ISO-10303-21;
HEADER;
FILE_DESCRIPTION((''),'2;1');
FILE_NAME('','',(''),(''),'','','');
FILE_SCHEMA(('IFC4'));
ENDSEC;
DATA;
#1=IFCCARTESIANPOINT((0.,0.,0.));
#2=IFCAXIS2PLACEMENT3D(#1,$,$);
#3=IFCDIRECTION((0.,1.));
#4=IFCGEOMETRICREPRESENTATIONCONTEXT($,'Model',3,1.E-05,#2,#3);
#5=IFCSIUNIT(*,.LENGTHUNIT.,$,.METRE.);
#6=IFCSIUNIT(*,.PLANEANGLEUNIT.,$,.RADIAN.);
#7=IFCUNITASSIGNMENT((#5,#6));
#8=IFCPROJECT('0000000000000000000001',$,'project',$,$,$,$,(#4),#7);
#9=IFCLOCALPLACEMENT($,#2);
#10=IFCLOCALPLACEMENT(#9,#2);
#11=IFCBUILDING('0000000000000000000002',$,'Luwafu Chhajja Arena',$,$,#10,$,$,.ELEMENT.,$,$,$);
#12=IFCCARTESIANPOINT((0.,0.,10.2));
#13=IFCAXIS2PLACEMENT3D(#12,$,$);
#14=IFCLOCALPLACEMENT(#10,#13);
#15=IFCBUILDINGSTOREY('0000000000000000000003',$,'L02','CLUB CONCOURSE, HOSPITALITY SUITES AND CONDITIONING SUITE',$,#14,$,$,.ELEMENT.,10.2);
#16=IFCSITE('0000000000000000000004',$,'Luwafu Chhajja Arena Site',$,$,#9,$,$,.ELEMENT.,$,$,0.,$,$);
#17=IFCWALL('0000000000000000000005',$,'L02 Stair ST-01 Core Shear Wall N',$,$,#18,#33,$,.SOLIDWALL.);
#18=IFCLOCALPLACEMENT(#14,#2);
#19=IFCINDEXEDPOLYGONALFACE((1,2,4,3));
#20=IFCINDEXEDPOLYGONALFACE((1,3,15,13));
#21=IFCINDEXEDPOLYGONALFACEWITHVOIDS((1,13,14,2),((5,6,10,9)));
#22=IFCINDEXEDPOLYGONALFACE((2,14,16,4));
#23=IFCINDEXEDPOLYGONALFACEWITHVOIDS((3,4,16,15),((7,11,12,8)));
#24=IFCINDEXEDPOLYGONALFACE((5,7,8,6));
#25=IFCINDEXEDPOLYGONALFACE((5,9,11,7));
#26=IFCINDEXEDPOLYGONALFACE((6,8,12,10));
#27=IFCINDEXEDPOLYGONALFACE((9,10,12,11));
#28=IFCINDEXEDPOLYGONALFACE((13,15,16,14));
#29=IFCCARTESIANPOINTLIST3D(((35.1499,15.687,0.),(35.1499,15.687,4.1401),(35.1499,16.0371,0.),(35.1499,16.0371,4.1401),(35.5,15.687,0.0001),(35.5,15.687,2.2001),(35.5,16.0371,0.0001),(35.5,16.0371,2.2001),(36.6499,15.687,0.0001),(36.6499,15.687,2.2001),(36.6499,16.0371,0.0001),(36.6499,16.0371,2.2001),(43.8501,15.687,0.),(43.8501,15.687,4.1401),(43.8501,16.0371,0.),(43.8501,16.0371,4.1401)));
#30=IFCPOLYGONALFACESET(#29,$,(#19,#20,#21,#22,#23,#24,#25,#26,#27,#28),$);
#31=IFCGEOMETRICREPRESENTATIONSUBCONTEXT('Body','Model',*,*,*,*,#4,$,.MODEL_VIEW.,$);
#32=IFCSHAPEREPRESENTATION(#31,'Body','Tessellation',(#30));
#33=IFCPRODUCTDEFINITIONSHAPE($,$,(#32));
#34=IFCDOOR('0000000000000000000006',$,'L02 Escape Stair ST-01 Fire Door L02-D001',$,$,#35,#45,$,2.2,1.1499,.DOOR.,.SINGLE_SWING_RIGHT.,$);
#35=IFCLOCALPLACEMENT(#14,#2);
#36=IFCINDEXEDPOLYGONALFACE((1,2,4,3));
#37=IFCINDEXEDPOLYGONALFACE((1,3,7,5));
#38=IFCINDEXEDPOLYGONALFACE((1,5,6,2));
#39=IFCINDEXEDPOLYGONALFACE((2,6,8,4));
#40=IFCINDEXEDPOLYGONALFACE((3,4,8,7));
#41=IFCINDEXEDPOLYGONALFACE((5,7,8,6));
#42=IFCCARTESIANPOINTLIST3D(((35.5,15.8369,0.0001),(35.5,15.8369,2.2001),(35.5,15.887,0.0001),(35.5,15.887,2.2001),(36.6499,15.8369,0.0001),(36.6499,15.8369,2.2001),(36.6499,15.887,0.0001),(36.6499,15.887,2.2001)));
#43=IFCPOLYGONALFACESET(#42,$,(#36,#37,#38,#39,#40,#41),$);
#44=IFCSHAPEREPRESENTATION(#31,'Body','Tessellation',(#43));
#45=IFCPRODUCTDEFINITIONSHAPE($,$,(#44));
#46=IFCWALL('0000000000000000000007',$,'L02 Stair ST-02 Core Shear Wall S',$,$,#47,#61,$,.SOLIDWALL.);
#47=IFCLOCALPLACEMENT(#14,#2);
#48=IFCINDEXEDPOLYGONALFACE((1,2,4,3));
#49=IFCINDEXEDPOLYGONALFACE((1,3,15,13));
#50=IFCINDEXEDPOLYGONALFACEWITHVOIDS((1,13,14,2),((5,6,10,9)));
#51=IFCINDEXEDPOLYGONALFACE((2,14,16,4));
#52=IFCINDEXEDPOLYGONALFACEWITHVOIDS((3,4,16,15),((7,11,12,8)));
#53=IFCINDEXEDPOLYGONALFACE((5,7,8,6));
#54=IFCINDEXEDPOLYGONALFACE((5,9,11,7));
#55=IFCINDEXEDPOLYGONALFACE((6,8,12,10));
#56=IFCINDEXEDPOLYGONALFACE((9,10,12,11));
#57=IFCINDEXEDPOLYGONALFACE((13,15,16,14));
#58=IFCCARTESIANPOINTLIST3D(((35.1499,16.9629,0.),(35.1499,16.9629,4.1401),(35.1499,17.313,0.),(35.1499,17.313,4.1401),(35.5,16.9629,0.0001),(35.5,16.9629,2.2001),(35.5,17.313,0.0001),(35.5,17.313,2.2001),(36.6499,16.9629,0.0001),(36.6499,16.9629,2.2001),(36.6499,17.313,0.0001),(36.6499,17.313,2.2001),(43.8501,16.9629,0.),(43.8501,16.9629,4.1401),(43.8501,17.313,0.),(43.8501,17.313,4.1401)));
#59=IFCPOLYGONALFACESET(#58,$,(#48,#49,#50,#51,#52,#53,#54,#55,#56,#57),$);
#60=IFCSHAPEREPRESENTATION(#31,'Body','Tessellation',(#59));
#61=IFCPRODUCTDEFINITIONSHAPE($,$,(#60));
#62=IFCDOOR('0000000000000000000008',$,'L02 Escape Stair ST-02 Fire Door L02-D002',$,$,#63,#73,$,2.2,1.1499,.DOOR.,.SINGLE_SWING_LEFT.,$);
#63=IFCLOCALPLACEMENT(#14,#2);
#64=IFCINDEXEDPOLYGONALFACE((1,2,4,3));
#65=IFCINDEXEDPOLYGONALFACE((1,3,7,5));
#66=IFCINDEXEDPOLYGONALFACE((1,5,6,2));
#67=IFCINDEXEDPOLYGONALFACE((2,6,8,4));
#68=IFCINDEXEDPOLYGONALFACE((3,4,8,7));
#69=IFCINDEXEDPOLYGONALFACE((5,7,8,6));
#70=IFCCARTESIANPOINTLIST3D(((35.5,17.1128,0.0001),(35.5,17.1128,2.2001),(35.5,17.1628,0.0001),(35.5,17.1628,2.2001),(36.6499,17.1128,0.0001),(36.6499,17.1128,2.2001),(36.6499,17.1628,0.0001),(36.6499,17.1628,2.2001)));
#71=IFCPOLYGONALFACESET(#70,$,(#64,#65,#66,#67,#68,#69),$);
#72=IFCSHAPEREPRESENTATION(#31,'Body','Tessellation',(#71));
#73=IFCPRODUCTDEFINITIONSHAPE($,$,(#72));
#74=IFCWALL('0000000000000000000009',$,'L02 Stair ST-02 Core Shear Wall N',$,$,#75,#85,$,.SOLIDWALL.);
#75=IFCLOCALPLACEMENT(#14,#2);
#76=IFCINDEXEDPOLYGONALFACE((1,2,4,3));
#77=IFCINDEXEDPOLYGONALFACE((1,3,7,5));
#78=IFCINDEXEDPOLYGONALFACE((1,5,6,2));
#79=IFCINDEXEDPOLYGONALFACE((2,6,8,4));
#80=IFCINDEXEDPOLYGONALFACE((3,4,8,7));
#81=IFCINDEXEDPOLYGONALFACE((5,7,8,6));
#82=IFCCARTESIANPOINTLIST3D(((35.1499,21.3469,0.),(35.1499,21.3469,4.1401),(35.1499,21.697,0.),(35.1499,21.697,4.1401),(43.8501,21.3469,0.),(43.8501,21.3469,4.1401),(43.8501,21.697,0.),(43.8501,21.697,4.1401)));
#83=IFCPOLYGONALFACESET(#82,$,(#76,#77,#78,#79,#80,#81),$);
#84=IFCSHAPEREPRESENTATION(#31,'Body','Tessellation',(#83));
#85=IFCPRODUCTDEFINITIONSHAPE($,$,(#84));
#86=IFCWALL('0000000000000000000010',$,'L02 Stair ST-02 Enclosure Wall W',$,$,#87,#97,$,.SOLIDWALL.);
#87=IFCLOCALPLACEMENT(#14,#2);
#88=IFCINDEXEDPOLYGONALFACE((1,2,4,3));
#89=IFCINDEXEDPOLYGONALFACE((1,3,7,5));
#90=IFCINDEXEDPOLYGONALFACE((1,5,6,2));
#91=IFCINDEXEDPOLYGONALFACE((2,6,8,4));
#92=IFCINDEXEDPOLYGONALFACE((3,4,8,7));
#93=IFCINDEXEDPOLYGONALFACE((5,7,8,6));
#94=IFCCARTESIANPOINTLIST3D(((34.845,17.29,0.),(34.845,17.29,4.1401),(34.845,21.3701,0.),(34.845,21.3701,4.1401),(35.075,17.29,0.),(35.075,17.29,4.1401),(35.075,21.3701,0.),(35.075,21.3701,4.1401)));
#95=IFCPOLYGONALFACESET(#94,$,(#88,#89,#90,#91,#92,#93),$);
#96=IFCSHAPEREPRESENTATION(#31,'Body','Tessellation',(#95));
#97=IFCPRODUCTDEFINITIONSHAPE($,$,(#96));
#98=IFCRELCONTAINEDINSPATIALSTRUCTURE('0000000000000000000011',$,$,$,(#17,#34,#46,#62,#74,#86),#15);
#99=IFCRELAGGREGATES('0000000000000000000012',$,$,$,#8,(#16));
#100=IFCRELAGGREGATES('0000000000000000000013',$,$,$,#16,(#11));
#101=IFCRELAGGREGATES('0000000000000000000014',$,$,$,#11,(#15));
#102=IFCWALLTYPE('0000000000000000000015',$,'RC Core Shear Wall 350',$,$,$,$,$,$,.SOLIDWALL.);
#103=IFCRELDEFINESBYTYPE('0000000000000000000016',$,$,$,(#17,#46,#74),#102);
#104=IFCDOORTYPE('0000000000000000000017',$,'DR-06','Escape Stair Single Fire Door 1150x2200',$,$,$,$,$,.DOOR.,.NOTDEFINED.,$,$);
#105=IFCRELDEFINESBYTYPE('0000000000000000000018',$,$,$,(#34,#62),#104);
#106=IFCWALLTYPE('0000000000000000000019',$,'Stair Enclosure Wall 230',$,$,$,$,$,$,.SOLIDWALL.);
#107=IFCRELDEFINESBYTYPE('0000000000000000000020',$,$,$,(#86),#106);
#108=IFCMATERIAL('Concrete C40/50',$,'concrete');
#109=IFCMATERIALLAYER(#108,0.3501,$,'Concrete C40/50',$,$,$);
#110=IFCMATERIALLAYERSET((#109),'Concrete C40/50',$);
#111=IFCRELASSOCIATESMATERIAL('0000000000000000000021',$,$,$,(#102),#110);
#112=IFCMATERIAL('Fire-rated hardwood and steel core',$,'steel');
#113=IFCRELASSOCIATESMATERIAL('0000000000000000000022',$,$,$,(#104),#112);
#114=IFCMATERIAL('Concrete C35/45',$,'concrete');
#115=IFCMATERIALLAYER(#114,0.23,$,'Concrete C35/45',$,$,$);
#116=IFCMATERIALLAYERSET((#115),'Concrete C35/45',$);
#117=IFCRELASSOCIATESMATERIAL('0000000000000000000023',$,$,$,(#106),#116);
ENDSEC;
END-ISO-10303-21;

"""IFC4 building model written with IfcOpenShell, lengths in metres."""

from ifc_helpers import new_model, si_unit, direction, frame, frame_2d, origin, place, context, subcontext, project, spatial, rectangle, extrude, material, layer, layer_set, type_object, element, fill, save


model = new_model("IFC4")

# Units and contexts
model_context = context("Model", 3, precision=1e-05, world=origin(), true_north=direction((0.0, 1.0)))
body_context = subcontext(model_context, "Body", "Model", "MODEL_VIEW")
ifc_project = project(units=[si_unit("LENGTHUNIT", "METRE"), si_unit("PLANEANGLEUNIT", "RADIAN")], contexts=[model_context])

# Site, building, storey
site_placement = place(None, origin())
site = spatial("IfcSite", under=ifc_project, at=site_placement, Name="Luwafu Chhajja Arena Site", CompositionType="ELEMENT", RefElevation=0.0)
building_placement = place(site_placement, origin())
building = spatial("IfcBuilding", under=site, at=building_placement, Name="Luwafu Chhajja Arena", CompositionType="ELEMENT")
storey_placement = place(building_placement, frame((0.0, 0.0, 10.2)))
storey = spatial("IfcBuildingStorey", under=building, at=storey_placement, Name="L02", Description="CLUB CONCOURSE, HOSPITALITY SUITES AND CONDITIONING SUITE", CompositionType="ELEMENT", Elevation=10.2)

# Walls, openings, doors
ifc_material_1 = material(Name="Concrete C40/50", Category="concrete")
ifc_layer_1 = layer(ifc_material_1, 0.3501, Name="Concrete C40/50")
ifc_layer_set_1 = layer_set([ifc_layer_1], Name="Concrete C40/50")
wall_type_1 = type_object("IfcWallType", Name="RC Core Shear Wall 350", PredefinedType="SOLIDWALL", material=ifc_layer_set_1)
wall_1_placement = place(storey_placement, frame((35.1499, 15.8621, 0.0), z_axis=(0.0, 0.0, 1.0), x_axis=(1.0, 0.0, 0.0)))
wall_1 = element("IfcWall", 1, at=wall_1_placement, inside=storey, type_object=wall_type_1, Name="L02 Stair ST-01 Core Shear Wall N", PredefinedType="SOLIDWALL", context=body_context, shape_type="SweptSolid", body=[
    extrude(rectangle(XDim=8.7002, YDim=0.3501, at=frame_2d((4.3501, 0.0))), origin(), (0.0, 0.0, 1.0), 4.1401),
])
opening_1_placement = place(wall_1_placement, frame((0.3501, 0.0, 0.0)))
opening_1 = element("IfcOpeningElement", 2, at=opening_1_placement, cuts=wall_1, PredefinedType="OPENING", context=body_context, shape_type="SweptSolid", body=[
    extrude(rectangle(XDim=1.1499, YDim=2.2, at=frame_2d((0.575, 1.1001))), frame((0.0, 0.1851, 0.0), z_axis=(0.0, -1.0, 0.0), x_axis=(1.0, 0.0, 0.0)), (0.0, 0.0, 1.0), 0.3701),
])
ifc_material_2 = material(Name="Fire-rated hardwood and steel core", Category="steel")
door_type = type_object("IfcDoorType", Name="DR-06", Description="Escape Stair Single Fire Door 1150x2200", OperationType="NOTDEFINED", PredefinedType="DOOR", material=ifc_material_2)
door_1_placement = place(opening_1_placement, origin())
door_1 = element("IfcDoor", 3, at=door_1_placement, inside=storey, type_object=door_type, Name="L02 Escape Stair ST-01 Fire Door L02-D001", OperationType="SINGLE_SWING_RIGHT", OverallHeight=2.2, OverallWidth=1.1499, PredefinedType="DOOR", context=body_context, shape_type="SweptSolid", body=[
    extrude(rectangle(XDim=1.1499, YDim=2.2, at=frame_2d((0.575, 1.1001))), frame((0.0, 0.0249, 0.0), z_axis=(0.0, -1.0, 0.0), x_axis=(1.0, 0.0, 0.0)), (0.0, 0.0, 1.0), 0.05),
])
fill(opening_1, door_1)
wall_2_placement = place(storey_placement, frame((35.1499, 17.1379, 0.0), z_axis=(0.0, 0.0, 1.0), x_axis=(1.0, 0.0, 0.0)))
wall_2 = element("IfcWall", 4, at=wall_2_placement, inside=storey, type_object=wall_type_1, Name="L02 Stair ST-02 Core Shear Wall S", PredefinedType="SOLIDWALL", context=body_context, shape_type="SweptSolid", body=[
    extrude(rectangle(XDim=8.7002, YDim=0.3501, at=frame_2d((4.3501, 0.0))), origin(), (0.0, 0.0, 1.0), 4.1401),
])
opening_2_placement = place(wall_2_placement, frame((0.3501, 0.0, 0.0)))
opening_2 = element("IfcOpeningElement", 5, at=opening_2_placement, cuts=wall_2, PredefinedType="OPENING", context=body_context, shape_type="SweptSolid", body=[
    extrude(rectangle(XDim=1.1499, YDim=2.2, at=frame_2d((0.575, 1.1001))), frame((0.0, 0.1851, 0.0), z_axis=(0.0, -1.0, 0.0), x_axis=(1.0, 0.0, 0.0)), (0.0, 0.0, 1.0), 0.3701),
])
door_2_placement = place(opening_2_placement, origin())
door_2 = element("IfcDoor", 6, at=door_2_placement, inside=storey, type_object=door_type, Name="L02 Escape Stair ST-02 Fire Door L02-D002", OperationType="SINGLE_SWING_LEFT", OverallHeight=2.2, OverallWidth=1.1499, PredefinedType="DOOR", context=body_context, shape_type="SweptSolid", body=[
    extrude(rectangle(XDim=1.1499, YDim=2.2, at=frame_2d((0.575, 1.1001))), frame((0.0, 0.0249, 0.0), z_axis=(0.0, -1.0, 0.0), x_axis=(1.0, 0.0, 0.0)), (0.0, 0.0, 1.0), 0.05),
])
fill(opening_2, door_2)

# Walls
wall_3_placement = place(storey_placement, frame((35.1499, 21.522, 0.0), z_axis=(0.0, 0.0, 1.0), x_axis=(1.0, 0.0, 0.0)))
element("IfcWall", 7, at=wall_3_placement, inside=storey, type_object=wall_type_1, Name="L02 Stair ST-02 Core Shear Wall N", PredefinedType="SOLIDWALL", context=body_context, shape_type="SweptSolid", body=[
    extrude(rectangle(XDim=8.7002, YDim=0.3501, at=frame_2d((4.3501, 0.0))), origin(), (0.0, 0.0, 1.0), 4.1401),
])
ifc_material_3 = material(Name="Concrete C35/45", Category="concrete")
ifc_layer_2 = layer(ifc_material_3, 0.23, Name="Concrete C35/45")
ifc_layer_set_2 = layer_set([ifc_layer_2], Name="Concrete C35/45")
wall_type_2 = type_object("IfcWallType", Name="Stair Enclosure Wall 230", PredefinedType="SOLIDWALL", material=ifc_layer_set_2)
wall_4_placement = place(storey_placement, frame((34.96, 17.29, 0.0), z_axis=(0.0, 0.0, 1.0), x_axis=(0.0, 1.0, 0.0)))
element("IfcWall", 8, at=wall_4_placement, inside=storey, type_object=wall_type_2, Name="L02 Stair ST-02 Enclosure Wall W", PredefinedType="SOLIDWALL", context=body_context, shape_type="SweptSolid", body=[
    extrude(rectangle(XDim=4.0801, YDim=0.23, at=frame_2d((2.04, 0.0))), origin(), (0.0, 0.0, 1.0), 4.1401),
])

save(model, "model.ifc")
